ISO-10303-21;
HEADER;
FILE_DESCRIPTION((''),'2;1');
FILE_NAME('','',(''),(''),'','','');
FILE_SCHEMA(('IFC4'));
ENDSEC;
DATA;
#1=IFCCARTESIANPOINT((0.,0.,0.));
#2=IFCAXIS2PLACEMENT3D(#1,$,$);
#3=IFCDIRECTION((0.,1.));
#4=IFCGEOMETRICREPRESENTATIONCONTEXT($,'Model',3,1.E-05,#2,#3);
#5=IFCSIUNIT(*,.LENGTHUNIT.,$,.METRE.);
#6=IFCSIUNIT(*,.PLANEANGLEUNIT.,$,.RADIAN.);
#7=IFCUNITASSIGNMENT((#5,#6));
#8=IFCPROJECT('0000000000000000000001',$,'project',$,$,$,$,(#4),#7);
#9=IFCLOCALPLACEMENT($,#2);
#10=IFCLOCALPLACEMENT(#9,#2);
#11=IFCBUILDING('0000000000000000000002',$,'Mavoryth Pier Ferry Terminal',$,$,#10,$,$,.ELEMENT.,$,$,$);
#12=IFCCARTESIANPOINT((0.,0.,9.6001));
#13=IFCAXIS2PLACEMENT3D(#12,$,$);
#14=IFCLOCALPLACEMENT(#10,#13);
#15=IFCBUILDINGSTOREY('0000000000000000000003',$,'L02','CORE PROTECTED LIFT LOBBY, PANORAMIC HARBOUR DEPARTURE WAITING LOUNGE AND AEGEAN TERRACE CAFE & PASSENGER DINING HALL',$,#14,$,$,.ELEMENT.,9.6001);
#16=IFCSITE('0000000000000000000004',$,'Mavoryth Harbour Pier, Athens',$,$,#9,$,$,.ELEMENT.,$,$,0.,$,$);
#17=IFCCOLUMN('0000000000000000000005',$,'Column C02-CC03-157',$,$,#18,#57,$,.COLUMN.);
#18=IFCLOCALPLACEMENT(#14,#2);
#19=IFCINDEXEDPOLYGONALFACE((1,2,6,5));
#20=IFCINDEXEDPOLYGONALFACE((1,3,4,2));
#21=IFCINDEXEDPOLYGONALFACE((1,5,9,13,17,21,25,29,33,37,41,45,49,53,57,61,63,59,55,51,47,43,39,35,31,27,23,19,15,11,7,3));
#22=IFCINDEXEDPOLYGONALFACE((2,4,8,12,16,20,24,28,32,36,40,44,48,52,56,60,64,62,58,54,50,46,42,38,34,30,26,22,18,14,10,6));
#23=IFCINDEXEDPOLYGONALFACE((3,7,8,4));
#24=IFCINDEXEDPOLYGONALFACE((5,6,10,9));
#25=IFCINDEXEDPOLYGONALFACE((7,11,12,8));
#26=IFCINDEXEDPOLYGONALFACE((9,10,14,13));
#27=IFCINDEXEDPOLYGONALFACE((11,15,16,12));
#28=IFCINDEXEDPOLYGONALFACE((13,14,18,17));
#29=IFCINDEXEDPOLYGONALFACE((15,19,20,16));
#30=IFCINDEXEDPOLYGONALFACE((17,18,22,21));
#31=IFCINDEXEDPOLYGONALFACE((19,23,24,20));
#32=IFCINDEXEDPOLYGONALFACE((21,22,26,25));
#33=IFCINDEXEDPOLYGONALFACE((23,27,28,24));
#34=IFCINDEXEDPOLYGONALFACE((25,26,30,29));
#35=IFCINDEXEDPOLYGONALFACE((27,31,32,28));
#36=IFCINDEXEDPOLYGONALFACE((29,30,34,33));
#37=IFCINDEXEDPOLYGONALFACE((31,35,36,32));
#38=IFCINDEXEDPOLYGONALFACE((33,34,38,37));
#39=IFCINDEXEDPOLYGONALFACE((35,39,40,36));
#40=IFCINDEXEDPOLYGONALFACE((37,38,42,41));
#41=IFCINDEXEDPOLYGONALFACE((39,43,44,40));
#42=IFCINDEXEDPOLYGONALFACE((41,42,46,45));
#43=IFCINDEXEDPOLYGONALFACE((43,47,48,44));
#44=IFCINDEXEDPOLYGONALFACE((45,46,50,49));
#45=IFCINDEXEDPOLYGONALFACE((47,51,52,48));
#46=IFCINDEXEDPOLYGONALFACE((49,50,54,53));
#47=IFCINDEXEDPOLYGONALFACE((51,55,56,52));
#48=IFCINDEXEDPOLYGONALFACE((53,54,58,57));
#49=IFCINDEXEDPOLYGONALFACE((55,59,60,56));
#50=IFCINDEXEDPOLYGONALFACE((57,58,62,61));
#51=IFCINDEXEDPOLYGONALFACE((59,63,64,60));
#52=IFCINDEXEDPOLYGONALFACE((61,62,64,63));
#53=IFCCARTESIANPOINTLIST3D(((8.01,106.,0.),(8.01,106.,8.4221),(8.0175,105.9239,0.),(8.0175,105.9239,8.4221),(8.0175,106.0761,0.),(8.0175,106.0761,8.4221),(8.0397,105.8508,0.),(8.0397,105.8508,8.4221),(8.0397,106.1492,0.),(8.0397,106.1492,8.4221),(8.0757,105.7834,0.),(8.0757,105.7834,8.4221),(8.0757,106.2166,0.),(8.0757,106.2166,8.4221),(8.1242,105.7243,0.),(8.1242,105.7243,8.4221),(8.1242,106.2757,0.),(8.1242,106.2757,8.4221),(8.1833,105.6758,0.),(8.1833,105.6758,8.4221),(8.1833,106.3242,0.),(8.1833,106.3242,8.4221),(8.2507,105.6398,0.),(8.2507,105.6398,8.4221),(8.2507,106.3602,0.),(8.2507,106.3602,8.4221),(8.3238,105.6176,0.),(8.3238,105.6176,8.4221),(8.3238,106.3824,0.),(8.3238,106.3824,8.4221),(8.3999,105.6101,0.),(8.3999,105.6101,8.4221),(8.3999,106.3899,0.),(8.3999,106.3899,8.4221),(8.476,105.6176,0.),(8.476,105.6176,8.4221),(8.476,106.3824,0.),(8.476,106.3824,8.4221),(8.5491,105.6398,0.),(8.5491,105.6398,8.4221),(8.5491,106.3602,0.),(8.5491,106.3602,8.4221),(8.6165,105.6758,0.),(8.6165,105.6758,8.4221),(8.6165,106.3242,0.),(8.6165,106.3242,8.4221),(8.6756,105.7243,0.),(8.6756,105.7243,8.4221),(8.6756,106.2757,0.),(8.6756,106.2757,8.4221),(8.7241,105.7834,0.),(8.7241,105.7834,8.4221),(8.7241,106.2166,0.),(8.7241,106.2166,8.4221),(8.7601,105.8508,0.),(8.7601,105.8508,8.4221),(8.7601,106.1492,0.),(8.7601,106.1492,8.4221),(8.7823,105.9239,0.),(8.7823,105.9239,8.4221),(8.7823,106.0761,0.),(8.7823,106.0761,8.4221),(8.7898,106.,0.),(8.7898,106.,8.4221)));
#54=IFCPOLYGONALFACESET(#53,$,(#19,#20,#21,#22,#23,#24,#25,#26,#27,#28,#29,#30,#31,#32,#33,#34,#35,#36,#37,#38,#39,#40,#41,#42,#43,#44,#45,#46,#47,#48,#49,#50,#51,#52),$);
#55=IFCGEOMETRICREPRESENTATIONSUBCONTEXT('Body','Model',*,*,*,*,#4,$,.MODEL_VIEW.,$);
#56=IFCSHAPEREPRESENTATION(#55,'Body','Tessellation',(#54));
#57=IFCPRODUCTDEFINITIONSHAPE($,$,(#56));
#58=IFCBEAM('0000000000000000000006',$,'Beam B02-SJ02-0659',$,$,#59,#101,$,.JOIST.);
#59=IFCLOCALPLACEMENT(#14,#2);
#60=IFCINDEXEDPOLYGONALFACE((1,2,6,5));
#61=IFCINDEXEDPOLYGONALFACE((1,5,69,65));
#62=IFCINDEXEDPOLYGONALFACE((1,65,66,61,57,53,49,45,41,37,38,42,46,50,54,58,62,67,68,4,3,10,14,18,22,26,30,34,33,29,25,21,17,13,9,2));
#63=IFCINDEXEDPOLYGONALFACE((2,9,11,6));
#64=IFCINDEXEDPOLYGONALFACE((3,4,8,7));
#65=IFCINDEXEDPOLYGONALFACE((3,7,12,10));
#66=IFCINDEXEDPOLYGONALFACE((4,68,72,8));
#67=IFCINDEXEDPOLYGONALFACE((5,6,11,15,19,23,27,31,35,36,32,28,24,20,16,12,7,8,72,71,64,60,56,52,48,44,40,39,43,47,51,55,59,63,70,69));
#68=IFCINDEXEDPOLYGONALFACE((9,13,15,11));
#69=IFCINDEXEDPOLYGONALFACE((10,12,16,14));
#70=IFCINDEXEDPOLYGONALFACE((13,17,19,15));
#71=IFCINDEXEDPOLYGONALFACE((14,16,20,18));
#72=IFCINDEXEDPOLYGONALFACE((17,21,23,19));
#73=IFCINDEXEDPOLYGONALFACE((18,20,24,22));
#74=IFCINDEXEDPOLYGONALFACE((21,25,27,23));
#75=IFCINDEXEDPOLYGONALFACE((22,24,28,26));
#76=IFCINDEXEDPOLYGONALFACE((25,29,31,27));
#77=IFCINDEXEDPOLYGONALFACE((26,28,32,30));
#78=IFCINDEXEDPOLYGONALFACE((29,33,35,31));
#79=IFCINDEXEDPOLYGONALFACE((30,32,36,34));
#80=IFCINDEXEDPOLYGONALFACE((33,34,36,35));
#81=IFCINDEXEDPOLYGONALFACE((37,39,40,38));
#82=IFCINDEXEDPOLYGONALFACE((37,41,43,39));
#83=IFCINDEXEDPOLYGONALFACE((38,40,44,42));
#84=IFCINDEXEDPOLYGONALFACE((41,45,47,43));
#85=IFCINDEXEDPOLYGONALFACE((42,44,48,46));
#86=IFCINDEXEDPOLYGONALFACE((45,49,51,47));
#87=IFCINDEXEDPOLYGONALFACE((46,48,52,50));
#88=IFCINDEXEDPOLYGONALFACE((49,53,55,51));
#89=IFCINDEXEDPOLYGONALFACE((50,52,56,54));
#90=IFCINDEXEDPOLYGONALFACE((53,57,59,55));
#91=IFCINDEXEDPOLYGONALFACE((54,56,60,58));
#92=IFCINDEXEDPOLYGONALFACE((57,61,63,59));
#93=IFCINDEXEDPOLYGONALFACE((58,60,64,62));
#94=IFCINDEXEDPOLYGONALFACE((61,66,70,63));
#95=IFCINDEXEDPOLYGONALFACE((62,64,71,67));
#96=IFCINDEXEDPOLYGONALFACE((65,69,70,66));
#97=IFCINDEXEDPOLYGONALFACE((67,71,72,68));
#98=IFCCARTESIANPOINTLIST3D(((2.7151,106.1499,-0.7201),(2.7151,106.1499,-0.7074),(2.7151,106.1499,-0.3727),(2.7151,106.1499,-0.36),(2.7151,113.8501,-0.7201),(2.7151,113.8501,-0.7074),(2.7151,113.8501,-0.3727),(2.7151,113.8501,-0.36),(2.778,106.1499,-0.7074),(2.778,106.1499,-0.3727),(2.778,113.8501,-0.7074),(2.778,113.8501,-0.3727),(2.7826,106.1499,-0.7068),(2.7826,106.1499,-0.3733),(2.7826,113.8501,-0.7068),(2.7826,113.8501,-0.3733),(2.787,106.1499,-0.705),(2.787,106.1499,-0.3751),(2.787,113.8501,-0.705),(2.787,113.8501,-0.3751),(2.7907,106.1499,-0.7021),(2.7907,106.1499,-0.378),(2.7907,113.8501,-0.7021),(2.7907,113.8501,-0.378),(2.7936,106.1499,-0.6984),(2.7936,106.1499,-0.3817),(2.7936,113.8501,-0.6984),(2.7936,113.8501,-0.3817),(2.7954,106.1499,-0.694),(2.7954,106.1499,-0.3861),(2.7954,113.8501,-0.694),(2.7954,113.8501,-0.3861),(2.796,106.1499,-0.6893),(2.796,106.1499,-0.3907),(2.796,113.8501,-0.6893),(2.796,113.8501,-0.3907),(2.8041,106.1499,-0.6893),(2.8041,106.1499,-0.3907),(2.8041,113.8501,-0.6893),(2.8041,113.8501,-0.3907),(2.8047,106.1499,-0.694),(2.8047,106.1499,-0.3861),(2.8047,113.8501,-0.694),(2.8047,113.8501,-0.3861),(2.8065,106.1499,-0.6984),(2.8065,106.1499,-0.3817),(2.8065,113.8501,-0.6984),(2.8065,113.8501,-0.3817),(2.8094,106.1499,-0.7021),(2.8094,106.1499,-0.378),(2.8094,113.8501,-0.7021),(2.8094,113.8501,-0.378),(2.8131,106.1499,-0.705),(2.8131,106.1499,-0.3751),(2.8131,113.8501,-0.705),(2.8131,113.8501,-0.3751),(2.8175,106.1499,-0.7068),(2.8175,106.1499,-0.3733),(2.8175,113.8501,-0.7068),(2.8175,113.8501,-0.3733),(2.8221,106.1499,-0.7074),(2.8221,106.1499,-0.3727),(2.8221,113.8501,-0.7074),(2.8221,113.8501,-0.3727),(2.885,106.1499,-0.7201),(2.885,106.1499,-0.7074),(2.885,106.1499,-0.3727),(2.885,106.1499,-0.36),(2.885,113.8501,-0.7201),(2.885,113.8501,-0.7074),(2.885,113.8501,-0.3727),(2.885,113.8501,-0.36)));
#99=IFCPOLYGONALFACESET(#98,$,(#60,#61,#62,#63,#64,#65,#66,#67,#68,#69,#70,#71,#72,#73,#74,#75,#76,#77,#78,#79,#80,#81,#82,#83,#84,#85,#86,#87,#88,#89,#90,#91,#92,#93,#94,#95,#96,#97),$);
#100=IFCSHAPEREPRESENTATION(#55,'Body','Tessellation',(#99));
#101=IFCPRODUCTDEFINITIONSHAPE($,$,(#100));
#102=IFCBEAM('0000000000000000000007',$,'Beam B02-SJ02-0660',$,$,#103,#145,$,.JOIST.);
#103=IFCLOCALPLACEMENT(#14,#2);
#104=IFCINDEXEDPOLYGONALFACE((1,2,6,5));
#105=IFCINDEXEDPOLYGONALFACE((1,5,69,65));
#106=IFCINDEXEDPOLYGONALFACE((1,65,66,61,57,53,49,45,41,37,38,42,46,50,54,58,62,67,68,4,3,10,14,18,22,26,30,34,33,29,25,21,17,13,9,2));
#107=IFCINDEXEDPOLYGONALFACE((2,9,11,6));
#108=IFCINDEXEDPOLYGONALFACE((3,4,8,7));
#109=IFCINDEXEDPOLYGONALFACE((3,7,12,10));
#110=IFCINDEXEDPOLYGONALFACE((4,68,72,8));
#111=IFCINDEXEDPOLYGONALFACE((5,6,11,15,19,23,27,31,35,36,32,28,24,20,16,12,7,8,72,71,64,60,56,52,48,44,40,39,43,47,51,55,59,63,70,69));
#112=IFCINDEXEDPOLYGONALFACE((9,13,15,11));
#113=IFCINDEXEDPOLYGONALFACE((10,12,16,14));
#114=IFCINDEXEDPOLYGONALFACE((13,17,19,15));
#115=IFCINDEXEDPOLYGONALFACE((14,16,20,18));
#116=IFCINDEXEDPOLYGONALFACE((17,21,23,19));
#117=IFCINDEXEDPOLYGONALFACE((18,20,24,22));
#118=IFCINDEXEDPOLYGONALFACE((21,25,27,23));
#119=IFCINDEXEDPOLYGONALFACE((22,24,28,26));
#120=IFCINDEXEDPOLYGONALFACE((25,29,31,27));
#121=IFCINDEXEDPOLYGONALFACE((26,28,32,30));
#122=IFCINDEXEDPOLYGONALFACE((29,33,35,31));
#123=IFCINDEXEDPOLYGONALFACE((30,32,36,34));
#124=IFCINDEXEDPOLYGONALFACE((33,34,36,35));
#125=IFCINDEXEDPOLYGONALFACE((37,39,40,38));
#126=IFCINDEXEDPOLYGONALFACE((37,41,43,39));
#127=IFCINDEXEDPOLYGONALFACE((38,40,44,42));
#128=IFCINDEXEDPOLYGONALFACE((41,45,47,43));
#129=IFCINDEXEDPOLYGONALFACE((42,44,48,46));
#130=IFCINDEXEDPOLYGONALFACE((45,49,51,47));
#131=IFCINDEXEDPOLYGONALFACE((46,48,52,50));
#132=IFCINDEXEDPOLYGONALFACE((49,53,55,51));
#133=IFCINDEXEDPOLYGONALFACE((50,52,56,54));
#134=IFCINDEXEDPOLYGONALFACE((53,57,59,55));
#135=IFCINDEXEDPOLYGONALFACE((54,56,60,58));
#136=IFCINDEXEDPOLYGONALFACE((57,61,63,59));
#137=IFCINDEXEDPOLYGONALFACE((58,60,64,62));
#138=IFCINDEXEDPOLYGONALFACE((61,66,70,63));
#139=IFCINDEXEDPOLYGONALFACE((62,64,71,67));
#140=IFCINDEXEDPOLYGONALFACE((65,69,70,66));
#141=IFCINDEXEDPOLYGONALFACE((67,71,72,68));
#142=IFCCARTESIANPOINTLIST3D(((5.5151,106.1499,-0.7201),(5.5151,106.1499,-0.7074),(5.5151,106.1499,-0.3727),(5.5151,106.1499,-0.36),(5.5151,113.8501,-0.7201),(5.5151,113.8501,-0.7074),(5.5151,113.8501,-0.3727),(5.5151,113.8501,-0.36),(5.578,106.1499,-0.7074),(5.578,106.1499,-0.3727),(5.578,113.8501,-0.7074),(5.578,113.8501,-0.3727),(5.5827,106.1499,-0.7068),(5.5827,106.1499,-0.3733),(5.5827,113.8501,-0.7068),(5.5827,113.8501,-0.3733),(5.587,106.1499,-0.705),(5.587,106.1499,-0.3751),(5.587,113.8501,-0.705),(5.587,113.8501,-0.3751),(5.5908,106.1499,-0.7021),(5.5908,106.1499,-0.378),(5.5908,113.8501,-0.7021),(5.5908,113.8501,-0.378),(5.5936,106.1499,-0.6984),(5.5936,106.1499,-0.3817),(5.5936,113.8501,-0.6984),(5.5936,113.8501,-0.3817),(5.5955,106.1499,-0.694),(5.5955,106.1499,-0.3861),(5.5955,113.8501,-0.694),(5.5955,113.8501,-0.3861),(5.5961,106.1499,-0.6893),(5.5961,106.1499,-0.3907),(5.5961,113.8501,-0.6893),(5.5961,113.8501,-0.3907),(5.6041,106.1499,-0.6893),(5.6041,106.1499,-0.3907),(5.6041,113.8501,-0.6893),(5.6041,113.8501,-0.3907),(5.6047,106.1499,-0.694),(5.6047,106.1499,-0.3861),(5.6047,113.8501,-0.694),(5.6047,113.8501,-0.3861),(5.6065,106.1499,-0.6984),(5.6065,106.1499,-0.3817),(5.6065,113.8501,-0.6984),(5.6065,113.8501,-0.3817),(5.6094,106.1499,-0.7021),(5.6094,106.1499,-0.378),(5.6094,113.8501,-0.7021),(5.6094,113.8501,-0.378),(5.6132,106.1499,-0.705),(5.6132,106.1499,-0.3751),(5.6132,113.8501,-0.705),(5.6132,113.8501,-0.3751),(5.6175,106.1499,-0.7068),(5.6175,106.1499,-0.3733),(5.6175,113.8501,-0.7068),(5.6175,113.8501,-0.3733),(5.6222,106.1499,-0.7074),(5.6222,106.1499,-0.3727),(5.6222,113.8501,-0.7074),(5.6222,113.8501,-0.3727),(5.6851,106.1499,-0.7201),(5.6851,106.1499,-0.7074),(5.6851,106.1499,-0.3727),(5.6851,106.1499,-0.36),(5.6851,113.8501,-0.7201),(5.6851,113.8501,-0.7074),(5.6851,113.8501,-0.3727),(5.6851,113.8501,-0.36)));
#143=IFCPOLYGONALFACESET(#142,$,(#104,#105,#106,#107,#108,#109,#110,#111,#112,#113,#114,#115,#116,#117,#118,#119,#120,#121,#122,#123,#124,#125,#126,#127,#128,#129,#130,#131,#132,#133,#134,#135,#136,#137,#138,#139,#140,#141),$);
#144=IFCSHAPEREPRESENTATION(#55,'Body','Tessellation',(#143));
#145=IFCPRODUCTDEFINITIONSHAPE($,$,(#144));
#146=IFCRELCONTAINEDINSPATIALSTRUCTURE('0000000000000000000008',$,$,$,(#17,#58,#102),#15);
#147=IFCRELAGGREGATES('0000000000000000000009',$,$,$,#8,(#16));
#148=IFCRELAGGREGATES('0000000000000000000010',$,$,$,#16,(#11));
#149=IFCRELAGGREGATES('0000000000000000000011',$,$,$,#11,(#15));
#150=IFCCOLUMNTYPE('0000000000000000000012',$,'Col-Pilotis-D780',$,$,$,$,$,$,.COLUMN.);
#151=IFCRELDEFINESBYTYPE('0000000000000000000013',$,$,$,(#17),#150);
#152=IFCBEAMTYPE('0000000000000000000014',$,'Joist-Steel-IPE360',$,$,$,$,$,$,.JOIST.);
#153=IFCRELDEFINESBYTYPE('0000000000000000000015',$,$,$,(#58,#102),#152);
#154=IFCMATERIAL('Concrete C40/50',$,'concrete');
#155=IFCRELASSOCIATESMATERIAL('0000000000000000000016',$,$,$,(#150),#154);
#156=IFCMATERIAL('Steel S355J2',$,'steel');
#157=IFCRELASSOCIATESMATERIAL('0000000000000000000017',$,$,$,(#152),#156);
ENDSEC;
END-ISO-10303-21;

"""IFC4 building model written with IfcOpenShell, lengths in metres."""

from ifc_helpers import new_model, si_unit, direction, frame, origin, origin_2d, place, context, subcontext, project, spatial, circle, i_section, extrude, material, material_profile, profile_set, type_object, element, save


model = new_model("IFC4")

# Units and contexts
model_context = context("Model", 3, precision=1e-05, world=origin(), true_north=direction((0.0, 1.0)))
body_context = subcontext(model_context, "Body", "Model", "MODEL_VIEW")
ifc_project = project(units=[si_unit("LENGTHUNIT", "METRE"), si_unit("PLANEANGLEUNIT", "RADIAN")], contexts=[model_context])

# Site, building, storey
site_placement = place(None, origin())
site = spatial("IfcSite", under=ifc_project, at=site_placement, Name="Mavoryth Harbour Pier, Athens", CompositionType="ELEMENT", RefElevation=0.0)
building_placement = place(site_placement, origin())
building = spatial("IfcBuilding", under=site, at=building_placement, Name="Mavoryth Pier Ferry Terminal", CompositionType="ELEMENT")
storey_placement = place(building_placement, frame((0.0, 0.0, 9.6001)))
storey = spatial("IfcBuildingStorey", under=building, at=storey_placement, Name="L02", Description="CORE PROTECTED LIFT LOBBY, PANORAMIC HARBOUR DEPARTURE WAITING LOUNGE AND AEGEAN TERRACE CAFE & PASSENGER DINING HALL", CompositionType="ELEMENT", Elevation=9.6001)

# Column
ifc_material_1 = material(Name="Concrete C40/50", Category="concrete")
ifc_material_profile_1 = material_profile(ifc_material_1, circle(Radius=0.3899, at=origin_2d()), Name="RC D780", Category="concrete")
ifc_profile_set_1 = profile_set([ifc_material_profile_1], Name="Concrete C40/50 - RC D780")
column_type = type_object("IfcColumnType", Name="Col-Pilotis-D780", PredefinedType="COLUMN", material=ifc_profile_set_1)
column_placement = place(storey_placement, frame((8.3999, 106.0, 0.0), z_axis=(0.0, 0.0, 1.0), x_axis=(1.0, 0.0, 0.0)))
element("IfcColumn", 1, at=column_placement, inside=storey, type_object=column_type, Name="Column C02-CC03-157", PredefinedType="COLUMN", context=body_context, shape_type="SweptSolid", body=[
    extrude(circle(Radius=0.3899, at=origin_2d()), origin(), (0.0, 0.0, 1.0), 8.4221),
])

# Beams
ifc_material_2 = material(Name="Steel S355J2", Category="steel")
ifc_material_profile_2 = material_profile(ifc_material_2, i_section(OverallWidth=0.1699, OverallDepth=0.3601, WebThickness=0.0081, FlangeThickness=0.0127, FilletRadius=0.0181, at=origin_2d()), Name="IPE 360", Category="steel")
ifc_profile_set_2 = profile_set([ifc_material_profile_2], Name="Steel S355J2 - IPE 360")
beam_type = type_object("IfcBeamType", Name="Joist-Steel-IPE360", PredefinedType="JOIST", material=ifc_profile_set_2)
for number, where, z_axis, x_axis, name in (
    (2, (2.8, 106.1499, -0.54), (0.0, 1.0, 0.0), (-1.0, 0.0, 0.0), "Beam B02-SJ02-0659"),
    (3, (5.6001, 106.1499, -0.54), (0.0, 1.0, 0.0), (-1.0, 0.0, 0.0), "Beam B02-SJ02-0660"),
):
    element("IfcBeam", number, at=place(storey_placement, frame(where, z_axis=z_axis, x_axis=x_axis)), inside=storey, type_object=beam_type, Name=name, PredefinedType="JOIST", context=body_context, shape_type="SweptSolid", body=[
        extrude(i_section(OverallWidth=0.1699, OverallDepth=0.3601, WebThickness=0.0081, FlangeThickness=0.0127, FilletRadius=0.0181, at=origin_2d()), origin(), (0.0, 0.0, 1.0), 7.7002),
    ])

save(model, "model.ifc")
